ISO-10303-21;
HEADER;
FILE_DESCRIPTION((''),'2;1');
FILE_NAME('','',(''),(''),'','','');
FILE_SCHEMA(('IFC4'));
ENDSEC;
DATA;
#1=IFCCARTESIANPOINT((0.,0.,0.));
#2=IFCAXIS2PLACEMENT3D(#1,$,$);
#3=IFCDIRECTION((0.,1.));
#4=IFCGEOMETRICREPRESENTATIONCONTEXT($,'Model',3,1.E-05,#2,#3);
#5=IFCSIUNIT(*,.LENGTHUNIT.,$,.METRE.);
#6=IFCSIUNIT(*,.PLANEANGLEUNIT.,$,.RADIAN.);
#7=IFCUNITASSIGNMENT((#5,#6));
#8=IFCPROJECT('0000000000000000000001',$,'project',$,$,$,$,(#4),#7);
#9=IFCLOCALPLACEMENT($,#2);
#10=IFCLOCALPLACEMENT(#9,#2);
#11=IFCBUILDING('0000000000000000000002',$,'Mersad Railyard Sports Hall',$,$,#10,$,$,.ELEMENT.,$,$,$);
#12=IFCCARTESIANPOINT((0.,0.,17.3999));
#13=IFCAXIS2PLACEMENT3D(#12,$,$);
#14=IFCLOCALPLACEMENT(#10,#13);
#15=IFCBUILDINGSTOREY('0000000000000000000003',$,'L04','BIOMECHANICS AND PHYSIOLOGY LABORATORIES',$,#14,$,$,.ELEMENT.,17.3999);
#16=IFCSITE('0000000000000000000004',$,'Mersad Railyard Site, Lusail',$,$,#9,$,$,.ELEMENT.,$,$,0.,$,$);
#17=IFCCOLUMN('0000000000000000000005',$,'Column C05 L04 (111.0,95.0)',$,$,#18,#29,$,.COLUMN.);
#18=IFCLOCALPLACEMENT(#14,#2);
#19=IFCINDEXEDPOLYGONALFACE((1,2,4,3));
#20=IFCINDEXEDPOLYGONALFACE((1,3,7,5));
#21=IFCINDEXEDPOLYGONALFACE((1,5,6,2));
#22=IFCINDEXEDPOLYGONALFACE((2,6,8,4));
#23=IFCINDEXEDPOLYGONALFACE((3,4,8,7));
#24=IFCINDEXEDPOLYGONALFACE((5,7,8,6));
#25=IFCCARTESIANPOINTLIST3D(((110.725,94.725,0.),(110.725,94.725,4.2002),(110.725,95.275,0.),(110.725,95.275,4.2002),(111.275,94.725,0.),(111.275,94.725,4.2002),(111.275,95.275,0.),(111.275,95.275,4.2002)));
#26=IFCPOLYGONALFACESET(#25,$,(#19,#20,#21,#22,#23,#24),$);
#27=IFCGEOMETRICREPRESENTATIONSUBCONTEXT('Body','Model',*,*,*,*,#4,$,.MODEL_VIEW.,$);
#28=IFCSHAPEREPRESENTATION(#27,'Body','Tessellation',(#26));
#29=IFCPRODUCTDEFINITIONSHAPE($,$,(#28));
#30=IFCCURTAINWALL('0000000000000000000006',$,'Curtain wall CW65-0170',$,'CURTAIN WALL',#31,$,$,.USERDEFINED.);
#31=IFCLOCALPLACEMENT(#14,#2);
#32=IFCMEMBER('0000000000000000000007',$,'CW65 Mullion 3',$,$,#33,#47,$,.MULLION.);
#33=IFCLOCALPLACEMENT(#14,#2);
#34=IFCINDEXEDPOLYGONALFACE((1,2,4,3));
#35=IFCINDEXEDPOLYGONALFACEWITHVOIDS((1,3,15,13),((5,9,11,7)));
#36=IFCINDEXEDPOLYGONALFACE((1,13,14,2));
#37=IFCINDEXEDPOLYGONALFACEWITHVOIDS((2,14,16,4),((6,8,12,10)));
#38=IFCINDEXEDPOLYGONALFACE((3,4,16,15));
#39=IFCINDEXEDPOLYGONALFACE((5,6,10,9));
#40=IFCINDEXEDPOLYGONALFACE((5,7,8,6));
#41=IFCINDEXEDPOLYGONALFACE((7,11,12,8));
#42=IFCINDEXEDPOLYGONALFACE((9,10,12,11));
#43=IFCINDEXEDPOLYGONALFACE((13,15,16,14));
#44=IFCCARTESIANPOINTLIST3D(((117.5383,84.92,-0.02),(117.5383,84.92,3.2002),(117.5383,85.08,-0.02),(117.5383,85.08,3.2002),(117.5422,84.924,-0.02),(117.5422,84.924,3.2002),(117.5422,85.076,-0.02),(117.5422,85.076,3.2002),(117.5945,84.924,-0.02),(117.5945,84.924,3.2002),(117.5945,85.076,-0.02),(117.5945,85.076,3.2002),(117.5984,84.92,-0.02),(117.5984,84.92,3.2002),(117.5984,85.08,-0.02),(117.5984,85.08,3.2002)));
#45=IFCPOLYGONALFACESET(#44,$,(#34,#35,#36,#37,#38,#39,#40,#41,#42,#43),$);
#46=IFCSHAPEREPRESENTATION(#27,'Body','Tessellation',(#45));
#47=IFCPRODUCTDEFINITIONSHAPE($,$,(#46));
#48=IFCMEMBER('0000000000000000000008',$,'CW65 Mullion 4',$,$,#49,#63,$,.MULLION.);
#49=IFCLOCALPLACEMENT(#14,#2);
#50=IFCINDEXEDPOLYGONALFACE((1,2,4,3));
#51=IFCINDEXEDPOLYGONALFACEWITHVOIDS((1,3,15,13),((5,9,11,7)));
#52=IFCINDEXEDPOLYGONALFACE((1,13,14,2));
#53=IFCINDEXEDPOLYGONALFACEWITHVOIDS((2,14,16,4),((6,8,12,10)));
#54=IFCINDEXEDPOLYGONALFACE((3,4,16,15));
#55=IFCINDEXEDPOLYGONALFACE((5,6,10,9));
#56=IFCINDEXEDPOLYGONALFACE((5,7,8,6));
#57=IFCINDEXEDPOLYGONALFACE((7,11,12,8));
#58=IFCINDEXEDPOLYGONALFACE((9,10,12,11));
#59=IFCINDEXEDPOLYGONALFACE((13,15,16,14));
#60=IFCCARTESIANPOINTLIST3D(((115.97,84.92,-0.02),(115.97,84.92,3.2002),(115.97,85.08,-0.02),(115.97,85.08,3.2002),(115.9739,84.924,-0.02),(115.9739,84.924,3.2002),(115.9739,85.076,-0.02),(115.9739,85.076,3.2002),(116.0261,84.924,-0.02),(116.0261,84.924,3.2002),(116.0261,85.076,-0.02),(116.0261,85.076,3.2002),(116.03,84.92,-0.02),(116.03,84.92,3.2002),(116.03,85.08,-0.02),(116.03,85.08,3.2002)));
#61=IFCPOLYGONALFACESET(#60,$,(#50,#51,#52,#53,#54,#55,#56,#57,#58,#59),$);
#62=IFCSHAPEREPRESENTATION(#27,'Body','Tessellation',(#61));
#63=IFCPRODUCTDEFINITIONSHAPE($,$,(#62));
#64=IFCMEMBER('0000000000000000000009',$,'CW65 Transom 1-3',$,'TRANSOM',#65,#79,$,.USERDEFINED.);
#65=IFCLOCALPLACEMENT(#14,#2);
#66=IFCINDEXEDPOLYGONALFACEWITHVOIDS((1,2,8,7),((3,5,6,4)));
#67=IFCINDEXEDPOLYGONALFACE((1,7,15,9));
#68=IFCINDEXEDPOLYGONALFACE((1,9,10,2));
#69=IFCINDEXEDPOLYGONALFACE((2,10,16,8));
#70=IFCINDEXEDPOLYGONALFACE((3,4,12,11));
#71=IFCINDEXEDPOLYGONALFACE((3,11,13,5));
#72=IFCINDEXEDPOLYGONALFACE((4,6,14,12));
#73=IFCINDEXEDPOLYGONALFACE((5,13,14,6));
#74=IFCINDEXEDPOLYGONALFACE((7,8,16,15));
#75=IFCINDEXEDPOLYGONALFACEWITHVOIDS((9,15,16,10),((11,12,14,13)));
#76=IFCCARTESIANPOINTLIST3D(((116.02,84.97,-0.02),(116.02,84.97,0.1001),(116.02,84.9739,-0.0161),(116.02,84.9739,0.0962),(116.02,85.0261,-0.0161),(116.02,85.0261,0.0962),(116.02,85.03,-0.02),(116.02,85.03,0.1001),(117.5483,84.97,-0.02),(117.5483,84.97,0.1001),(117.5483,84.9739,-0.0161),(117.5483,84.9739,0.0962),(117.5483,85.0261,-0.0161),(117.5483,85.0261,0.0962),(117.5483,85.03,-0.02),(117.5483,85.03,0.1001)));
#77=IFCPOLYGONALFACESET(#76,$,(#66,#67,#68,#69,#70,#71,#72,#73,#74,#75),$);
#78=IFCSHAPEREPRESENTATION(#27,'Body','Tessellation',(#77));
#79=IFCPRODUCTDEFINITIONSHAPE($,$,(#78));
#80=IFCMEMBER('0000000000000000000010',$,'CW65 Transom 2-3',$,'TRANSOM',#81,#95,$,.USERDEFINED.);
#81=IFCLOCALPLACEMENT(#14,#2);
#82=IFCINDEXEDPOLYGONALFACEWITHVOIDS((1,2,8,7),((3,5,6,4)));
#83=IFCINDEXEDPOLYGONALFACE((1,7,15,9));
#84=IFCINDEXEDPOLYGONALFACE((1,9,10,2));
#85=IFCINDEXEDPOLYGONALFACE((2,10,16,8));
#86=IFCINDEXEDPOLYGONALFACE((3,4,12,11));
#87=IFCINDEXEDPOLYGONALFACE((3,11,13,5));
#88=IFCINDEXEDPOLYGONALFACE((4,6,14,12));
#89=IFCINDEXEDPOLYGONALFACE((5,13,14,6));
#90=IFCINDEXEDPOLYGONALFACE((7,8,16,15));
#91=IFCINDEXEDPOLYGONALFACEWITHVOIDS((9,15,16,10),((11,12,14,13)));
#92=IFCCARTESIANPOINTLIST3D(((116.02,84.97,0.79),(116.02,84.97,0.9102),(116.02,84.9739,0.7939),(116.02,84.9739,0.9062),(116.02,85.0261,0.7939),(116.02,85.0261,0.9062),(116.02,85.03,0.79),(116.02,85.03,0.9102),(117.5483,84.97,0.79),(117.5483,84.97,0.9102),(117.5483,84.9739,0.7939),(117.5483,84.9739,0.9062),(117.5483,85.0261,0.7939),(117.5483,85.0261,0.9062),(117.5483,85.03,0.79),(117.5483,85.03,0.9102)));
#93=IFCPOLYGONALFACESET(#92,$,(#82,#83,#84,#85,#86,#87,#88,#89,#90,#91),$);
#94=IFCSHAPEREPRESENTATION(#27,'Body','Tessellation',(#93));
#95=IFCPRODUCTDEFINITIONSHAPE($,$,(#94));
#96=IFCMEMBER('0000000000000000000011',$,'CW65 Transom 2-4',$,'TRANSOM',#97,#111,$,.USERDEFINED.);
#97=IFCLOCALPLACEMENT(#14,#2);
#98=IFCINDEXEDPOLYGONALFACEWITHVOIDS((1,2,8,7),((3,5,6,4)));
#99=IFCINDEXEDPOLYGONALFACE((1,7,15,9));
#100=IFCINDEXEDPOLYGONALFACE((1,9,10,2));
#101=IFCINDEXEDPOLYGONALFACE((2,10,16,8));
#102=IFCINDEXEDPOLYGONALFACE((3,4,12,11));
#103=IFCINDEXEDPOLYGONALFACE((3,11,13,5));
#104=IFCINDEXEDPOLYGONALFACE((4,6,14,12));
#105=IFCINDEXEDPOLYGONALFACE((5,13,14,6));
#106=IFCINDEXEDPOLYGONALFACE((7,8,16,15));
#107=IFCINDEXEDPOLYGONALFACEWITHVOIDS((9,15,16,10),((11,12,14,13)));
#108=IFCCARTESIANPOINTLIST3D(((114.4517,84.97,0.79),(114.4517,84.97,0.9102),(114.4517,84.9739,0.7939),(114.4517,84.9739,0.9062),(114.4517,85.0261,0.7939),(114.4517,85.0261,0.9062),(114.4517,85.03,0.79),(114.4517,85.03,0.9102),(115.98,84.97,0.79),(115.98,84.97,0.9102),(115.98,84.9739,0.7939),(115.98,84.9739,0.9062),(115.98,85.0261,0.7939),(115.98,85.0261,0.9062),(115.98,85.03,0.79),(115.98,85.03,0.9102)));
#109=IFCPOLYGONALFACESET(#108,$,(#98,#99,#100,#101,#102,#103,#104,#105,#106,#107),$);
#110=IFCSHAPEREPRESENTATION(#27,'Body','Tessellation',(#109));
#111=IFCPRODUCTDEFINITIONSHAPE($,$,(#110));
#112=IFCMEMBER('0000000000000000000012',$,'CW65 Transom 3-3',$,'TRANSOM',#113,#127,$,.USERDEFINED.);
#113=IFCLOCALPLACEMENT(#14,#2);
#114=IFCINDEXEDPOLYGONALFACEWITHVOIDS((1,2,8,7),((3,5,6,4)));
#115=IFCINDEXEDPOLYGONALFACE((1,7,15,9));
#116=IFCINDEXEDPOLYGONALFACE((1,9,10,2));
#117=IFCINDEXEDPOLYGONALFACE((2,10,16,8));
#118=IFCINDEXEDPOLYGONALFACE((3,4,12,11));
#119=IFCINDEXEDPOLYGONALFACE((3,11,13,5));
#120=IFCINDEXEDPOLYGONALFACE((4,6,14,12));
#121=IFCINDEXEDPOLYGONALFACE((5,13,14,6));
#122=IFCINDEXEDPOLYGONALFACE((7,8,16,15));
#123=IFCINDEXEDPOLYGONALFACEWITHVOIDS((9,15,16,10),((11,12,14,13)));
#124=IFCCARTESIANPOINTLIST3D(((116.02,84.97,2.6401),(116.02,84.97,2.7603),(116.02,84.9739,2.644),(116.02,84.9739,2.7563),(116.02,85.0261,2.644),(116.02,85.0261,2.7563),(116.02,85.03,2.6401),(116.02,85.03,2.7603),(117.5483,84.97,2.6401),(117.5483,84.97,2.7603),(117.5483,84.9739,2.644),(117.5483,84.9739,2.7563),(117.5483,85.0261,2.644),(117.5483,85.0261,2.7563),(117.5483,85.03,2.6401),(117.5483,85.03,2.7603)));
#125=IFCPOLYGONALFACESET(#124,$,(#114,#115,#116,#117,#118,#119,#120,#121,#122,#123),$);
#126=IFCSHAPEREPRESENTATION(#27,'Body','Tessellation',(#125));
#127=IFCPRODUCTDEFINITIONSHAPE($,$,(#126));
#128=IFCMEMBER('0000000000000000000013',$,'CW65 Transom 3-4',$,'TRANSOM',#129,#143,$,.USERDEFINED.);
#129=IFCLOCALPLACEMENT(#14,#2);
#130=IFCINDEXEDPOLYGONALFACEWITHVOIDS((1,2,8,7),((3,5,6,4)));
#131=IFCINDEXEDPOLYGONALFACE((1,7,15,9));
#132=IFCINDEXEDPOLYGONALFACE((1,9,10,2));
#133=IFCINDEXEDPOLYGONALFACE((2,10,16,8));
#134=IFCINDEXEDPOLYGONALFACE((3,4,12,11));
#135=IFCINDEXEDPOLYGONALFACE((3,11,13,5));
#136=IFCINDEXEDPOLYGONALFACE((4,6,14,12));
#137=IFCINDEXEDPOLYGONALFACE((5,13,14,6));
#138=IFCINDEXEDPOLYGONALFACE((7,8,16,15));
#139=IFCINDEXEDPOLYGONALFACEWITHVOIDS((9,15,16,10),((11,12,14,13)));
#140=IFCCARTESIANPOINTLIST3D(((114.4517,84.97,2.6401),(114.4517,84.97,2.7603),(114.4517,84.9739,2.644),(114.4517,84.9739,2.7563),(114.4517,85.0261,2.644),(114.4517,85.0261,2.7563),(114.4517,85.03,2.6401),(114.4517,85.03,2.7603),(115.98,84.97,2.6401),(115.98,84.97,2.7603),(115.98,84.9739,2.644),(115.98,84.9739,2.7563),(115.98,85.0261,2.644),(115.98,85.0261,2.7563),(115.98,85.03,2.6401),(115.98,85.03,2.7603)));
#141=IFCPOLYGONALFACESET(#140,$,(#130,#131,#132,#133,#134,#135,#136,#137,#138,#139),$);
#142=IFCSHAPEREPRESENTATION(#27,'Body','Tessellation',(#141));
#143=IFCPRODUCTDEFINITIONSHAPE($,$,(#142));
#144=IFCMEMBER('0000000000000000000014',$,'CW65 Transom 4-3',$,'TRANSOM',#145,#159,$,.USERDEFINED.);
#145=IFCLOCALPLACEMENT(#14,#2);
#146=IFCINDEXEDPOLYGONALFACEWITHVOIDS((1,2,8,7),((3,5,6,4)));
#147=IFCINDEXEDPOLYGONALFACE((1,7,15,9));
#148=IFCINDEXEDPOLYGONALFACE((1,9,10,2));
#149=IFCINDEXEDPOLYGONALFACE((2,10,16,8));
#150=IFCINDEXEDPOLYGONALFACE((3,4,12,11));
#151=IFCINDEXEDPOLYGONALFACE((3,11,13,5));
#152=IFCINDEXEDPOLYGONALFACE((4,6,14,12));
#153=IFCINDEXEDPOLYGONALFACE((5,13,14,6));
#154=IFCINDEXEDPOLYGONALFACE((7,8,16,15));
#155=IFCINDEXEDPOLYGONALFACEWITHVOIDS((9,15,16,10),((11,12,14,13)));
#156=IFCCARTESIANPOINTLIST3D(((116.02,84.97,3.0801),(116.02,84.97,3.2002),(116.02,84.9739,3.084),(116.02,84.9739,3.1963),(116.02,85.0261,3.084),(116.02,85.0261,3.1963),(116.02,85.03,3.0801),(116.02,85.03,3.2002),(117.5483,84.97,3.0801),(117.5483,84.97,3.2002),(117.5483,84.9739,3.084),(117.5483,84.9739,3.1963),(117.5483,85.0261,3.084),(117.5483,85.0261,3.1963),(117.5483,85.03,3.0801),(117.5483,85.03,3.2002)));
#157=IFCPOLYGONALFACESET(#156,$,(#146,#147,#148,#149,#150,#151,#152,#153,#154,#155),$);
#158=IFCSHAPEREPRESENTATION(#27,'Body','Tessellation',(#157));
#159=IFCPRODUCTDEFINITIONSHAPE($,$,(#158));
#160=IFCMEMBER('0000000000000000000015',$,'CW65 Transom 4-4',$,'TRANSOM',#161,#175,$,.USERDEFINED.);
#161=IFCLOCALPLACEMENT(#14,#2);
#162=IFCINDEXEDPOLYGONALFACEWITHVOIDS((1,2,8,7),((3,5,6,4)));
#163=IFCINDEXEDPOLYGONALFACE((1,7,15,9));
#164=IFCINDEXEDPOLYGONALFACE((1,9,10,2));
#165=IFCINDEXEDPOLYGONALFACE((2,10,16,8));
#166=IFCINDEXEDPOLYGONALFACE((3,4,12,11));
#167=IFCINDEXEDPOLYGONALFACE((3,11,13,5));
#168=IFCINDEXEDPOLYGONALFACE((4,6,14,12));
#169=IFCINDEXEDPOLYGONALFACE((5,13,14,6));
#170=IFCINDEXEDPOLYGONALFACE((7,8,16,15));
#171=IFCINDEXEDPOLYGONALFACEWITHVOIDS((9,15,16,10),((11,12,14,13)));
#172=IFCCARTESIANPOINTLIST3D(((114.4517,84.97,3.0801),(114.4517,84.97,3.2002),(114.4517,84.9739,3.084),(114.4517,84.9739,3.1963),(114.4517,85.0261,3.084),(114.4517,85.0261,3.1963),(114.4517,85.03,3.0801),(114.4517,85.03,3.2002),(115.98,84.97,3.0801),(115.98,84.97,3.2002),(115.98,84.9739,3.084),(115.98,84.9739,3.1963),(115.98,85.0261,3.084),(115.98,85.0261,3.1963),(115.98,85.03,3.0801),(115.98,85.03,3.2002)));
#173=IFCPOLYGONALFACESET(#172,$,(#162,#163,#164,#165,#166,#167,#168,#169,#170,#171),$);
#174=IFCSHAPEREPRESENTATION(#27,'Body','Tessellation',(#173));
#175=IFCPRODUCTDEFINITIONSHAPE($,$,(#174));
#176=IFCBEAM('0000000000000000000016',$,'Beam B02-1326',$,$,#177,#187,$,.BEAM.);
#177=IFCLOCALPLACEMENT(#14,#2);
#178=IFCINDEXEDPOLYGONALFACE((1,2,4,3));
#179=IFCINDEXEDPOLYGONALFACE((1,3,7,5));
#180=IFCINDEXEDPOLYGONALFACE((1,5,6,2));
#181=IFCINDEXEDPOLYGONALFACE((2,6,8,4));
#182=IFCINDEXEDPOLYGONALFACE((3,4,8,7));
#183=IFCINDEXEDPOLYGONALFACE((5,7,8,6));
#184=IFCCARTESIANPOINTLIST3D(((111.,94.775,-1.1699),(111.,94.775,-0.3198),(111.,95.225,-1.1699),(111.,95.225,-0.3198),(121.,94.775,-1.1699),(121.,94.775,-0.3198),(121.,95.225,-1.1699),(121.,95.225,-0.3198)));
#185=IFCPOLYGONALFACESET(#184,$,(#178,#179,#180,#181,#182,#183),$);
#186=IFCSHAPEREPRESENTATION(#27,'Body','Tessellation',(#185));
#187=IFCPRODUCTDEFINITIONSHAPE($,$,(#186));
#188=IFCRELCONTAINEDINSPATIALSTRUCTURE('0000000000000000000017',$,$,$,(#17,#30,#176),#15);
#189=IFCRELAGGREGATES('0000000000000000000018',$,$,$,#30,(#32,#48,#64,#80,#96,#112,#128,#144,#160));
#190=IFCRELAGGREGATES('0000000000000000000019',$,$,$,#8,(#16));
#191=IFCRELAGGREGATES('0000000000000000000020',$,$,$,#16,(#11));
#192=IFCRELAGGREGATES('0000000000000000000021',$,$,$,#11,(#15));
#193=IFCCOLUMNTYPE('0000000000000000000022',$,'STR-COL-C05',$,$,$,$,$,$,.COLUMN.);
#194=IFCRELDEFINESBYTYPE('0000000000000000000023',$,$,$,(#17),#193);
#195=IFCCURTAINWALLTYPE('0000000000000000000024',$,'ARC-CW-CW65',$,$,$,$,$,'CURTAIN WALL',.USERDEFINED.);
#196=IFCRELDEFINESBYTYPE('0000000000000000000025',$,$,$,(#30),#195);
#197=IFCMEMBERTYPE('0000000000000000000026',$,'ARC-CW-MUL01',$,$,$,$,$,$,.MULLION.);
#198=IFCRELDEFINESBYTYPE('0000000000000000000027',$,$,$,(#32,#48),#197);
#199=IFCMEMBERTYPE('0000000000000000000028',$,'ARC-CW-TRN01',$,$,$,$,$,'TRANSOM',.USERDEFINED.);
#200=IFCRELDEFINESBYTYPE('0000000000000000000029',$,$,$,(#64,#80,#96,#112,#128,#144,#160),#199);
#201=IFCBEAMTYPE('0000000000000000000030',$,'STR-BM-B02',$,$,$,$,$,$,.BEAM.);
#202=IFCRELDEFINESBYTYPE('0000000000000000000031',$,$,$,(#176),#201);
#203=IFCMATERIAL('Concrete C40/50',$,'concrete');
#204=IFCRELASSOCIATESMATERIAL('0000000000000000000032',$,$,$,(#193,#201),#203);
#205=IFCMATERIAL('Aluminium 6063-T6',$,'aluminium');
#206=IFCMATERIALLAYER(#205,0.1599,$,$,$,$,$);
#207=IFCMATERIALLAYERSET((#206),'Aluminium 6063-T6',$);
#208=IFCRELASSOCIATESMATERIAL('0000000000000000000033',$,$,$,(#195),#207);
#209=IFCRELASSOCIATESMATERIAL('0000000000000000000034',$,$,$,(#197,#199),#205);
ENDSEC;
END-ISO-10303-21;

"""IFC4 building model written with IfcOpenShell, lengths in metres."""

from ifc_helpers import new_model, si_unit, direction, frame, origin, origin_2d, place, context, subcontext, project, spatial, rectangle, hollow_rectangle, extrude, material, layer, layer_set, material_profile, profile_set, type_object, element, aggregate, save


model = new_model("IFC4")

# Units and contexts
model_context = context("Model", 3, precision=1e-05, world=origin(), true_north=direction((0.0, 1.0)))
body_context = subcontext(model_context, "Body", "Model", "MODEL_VIEW")
ifc_project = project(units=[si_unit("LENGTHUNIT", "METRE"), si_unit("PLANEANGLEUNIT", "RADIAN")], contexts=[model_context])

# Site, building, storey
site_placement = place(None, origin())
site = spatial("IfcSite", under=ifc_project, at=site_placement, Name="Mersad Railyard Site, Lusail", CompositionType="ELEMENT", RefElevation=0.0)
building_placement = place(site_placement, origin())
building = spatial("IfcBuilding", under=site, at=building_placement, Name="Mersad Railyard Sports Hall", CompositionType="ELEMENT")
storey_placement = place(building_placement, frame((0.0, 0.0, 17.3999)))
storey = spatial("IfcBuildingStorey", under=building, at=storey_placement, Name="L04", Description="BIOMECHANICS AND PHYSIOLOGY LABORATORIES", CompositionType="ELEMENT", Elevation=17.3999)

# Column
ifc_material_1 = material(Name="Concrete C40/50", Category="concrete")
ifc_material_profile_1 = material_profile(ifc_material_1, rectangle(XDim=0.55, YDim=0.55, at=origin_2d()), Name="RC 550x550")
ifc_profile_set_1 = profile_set([ifc_material_profile_1], Name="Concrete C40/50")
column_type = type_object("IfcColumnType", Name="STR-COL-C05", PredefinedType="COLUMN", material=ifc_profile_set_1)
column_placement = place(storey_placement, frame((111.0, 95.0, 0.0), z_axis=(0.0, 0.0, 1.0), x_axis=(1.0, 0.0, 0.0)))
element("IfcColumn", 1, at=column_placement, inside=storey, type_object=column_type, Name="Column C05 L04 (111.0,95.0)", PredefinedType="COLUMN", context=body_context, shape_type="SweptSolid", body=[
    extrude(rectangle(XDim=0.55, YDim=0.55, at=origin_2d()), origin(), (0.0, 0.0, 1.0), 4.2002),
])

# Curtain wall, members
ifc_material_2 = material(Name="Aluminium 6063-T6", Category="aluminium")
ifc_layer_1 = layer(ifc_material_2, 0.1599)
ifc_layer_set_1 = layer_set([ifc_layer_1], Name="Aluminium 6063-T6")
curtain_wall_type = type_object("IfcCurtainWallType", Name="ARC-CW-CW65", ElementType="CURTAIN WALL", PredefinedType="USERDEFINED", material=ifc_layer_set_1)
curtain_wall_placement = place(storey_placement, origin())
curtain_wall = element("IfcCurtainWall", 2, at=curtain_wall_placement, inside=storey, type_object=curtain_wall_type, Name="Curtain wall CW65-0170", ObjectType="CURTAIN WALL", PredefinedType="USERDEFINED")
ifc_material_profile_2 = material_profile(ifc_material_2, hollow_rectangle(XDim=0.0601, YDim=0.1599, WallThickness=0.0039, at=origin_2d()), Name="AL MULLION 60x160x4")
ifc_profile_set_2 = profile_set([ifc_material_profile_2], Name="Aluminium 6063-T6")
member_type_1 = type_object("IfcMemberType", Name="ARC-CW-MUL01", PredefinedType="MULLION", material=ifc_profile_set_2)
member_1_placement = place(storey_placement, frame((117.5684, 85.0, -0.02), z_axis=(0.0, 0.0, 1.0), x_axis=(1.0, 0.0, 0.0)))
member_1 = element("IfcMember", 3, at=member_1_placement, type_object=member_type_1, Name="CW65 Mullion 3", PredefinedType="MULLION", context=body_context, shape_type="SweptSolid", body=[
    extrude(hollow_rectangle(XDim=0.0601, YDim=0.1599, WallThickness=0.0039, at=origin_2d()), origin(), (0.0, 0.0, 1.0), 3.2202),
])
member_2_placement = place(storey_placement, frame((116.0, 85.0, -0.02), z_axis=(0.0, 0.0, 1.0), x_axis=(1.0, 0.0, 0.0)))
member_2 = element("IfcMember", 4, at=member_2_placement, type_object=member_type_1, Name="CW65 Mullion 4", PredefinedType="MULLION", context=body_context, shape_type="SweptSolid", body=[
    extrude(hollow_rectangle(XDim=0.0601, YDim=0.1599, WallThickness=0.0039, at=origin_2d()), origin(), (0.0, 0.0, 1.0), 3.2202),
])
ifc_material_profile_3 = material_profile(ifc_material_2, hollow_rectangle(XDim=0.0601, YDim=0.1201, WallThickness=0.0039, at=origin_2d()), Name="AL TRANSOM 60x120x4")
ifc_profile_set_3 = profile_set([ifc_material_profile_3], Name="Aluminium 6063-T6")
member_type_2 = type_object("IfcMemberType", Name="ARC-CW-TRN01", ElementType="TRANSOM", PredefinedType="USERDEFINED", material=ifc_profile_set_3)
member_3_placement = place(storey_placement, frame((117.5483, 85.0, 0.04), z_axis=(-1.0, 0.0, 0.0), x_axis=(0.0, -1.0, 0.0)))
member_3 = element("IfcMember", 5, at=member_3_placement, type_object=member_type_2, Name="CW65 Transom 1-3", ObjectType="TRANSOM", PredefinedType="USERDEFINED", context=body_context, shape_type="SweptSolid", body=[
    extrude(hollow_rectangle(XDim=0.0601, YDim=0.1201, WallThickness=0.0039, at=origin_2d()), origin(), (0.0, 0.0, 1.0), 1.5283),
])
member_4_placement = place(storey_placement, frame((117.5483, 85.0, 0.8501), z_axis=(-1.0, 0.0, 0.0), x_axis=(0.0, -1.0, 0.0)))
member_4 = element("IfcMember", 6, at=member_4_placement, type_object=member_type_2, Name="CW65 Transom 2-3", ObjectType="TRANSOM", PredefinedType="USERDEFINED", context=body_context, shape_type="SweptSolid", body=[
    extrude(hollow_rectangle(XDim=0.0601, YDim=0.1201, WallThickness=0.0039, at=origin_2d()), origin(), (0.0, 0.0, 1.0), 1.5283),
])
member_5_placement = place(storey_placement, frame((115.98, 85.0, 0.8501), z_axis=(-1.0, 0.0, 0.0), x_axis=(0.0, -1.0, 0.0)))
member_5 = element("IfcMember", 7, at=member_5_placement, type_object=member_type_2, Name="CW65 Transom 2-4", ObjectType="TRANSOM", PredefinedType="USERDEFINED", context=body_context, shape_type="SweptSolid", body=[
    extrude(hollow_rectangle(XDim=0.0601, YDim=0.1201, WallThickness=0.0039, at=origin_2d()), origin(), (0.0, 0.0, 1.0), 1.5283),
])
member_6_placement = place(storey_placement, frame((117.5483, 85.0, 2.7002), z_axis=(-1.0, 0.0, 0.0), x_axis=(0.0, -1.0, 0.0)))
member_6 = element("IfcMember", 8, at=member_6_placement, type_object=member_type_2, Name="CW65 Transom 3-3", ObjectType="TRANSOM", PredefinedType="USERDEFINED", context=body_context, shape_type="SweptSolid", body=[
    extrude(hollow_rectangle(XDim=0.0601, YDim=0.1201, WallThickness=0.0039, at=origin_2d()), origin(), (0.0, 0.0, 1.0), 1.5283),
])
member_7_placement = place(storey_placement, frame((115.98, 85.0, 2.7002), z_axis=(-1.0, 0.0, 0.0), x_axis=(0.0, -1.0, 0.0)))
member_7 = element("IfcMember", 9, at=member_7_placement, type_object=member_type_2, Name="CW65 Transom 3-4", ObjectType="TRANSOM", PredefinedType="USERDEFINED", context=body_context, shape_type="SweptSolid", body=[
    extrude(hollow_rectangle(XDim=0.0601, YDim=0.1201, WallThickness=0.0039, at=origin_2d()), origin(), (0.0, 0.0, 1.0), 1.5283),
])
member_8_placement = place(storey_placement, frame((117.5483, 85.0, 3.1401), z_axis=(-1.0, 0.0, 0.0), x_axis=(0.0, -1.0, 0.0)))
member_8 = element("IfcMember", 10, at=member_8_placement, type_object=member_type_2, Name="CW65 Transom 4-3", ObjectType="TRANSOM", PredefinedType="USERDEFINED", context=body_context, shape_type="SweptSolid", body=[
    extrude(hollow_rectangle(XDim=0.0601, YDim=0.1201, WallThickness=0.0039, at=origin_2d()), origin(), (0.0, 0.0, 1.0), 1.5283),
])
member_9_placement = place(storey_placement, frame((115.98, 85.0, 3.1401), z_axis=(-1.0, 0.0, 0.0), x_axis=(0.0, -1.0, 0.0)))
member_9 = element("IfcMember", 11, at=member_9_placement, type_object=member_type_2, Name="CW65 Transom 4-4", ObjectType="TRANSOM", PredefinedType="USERDEFINED", context=body_context, shape_type="SweptSolid", body=[
    extrude(hollow_rectangle(XDim=0.0601, YDim=0.1201, WallThickness=0.0039, at=origin_2d()), origin(), (0.0, 0.0, 1.0), 1.5283),
])

# Beam
ifc_material_profile_4 = material_profile(ifc_material_1, rectangle(XDim=0.45, YDim=0.8501, at=origin_2d()), Name="RC 450x850")
ifc_profile_set_4 = profile_set([ifc_material_profile_4], Name="Concrete C40/50")
beam_type_1 = type_object("IfcBeamType", Name="STR-BM-B02", PredefinedType="BEAM", material=ifc_profile_set_4)
for number, where, z_axis, x_axis, name in (
    (12, (111.0, 95.0, -0.7449), (1.0, 0.0, 0.0), (0.0, 1.0, 0.0), "Beam B02-1326"),
):
    element("IfcBeam", number, at=place(storey_placement, frame(where, z_axis=z_axis, x_axis=x_axis)), inside=storey, type_object=beam_type_1, Name=name, PredefinedType="BEAM", context=body_context, shape_type="SweptSolid", body=[
        extrude(rectangle(XDim=0.45, YDim=0.8501, at=origin_2d()), origin(), (0.0, 0.0, 1.0), 10.0),
    ])

aggregate(curtain_wall, [member_1, member_2, member_3, member_4, member_5, member_6, member_7, member_8, member_9])

save(model, "model.ifc")
